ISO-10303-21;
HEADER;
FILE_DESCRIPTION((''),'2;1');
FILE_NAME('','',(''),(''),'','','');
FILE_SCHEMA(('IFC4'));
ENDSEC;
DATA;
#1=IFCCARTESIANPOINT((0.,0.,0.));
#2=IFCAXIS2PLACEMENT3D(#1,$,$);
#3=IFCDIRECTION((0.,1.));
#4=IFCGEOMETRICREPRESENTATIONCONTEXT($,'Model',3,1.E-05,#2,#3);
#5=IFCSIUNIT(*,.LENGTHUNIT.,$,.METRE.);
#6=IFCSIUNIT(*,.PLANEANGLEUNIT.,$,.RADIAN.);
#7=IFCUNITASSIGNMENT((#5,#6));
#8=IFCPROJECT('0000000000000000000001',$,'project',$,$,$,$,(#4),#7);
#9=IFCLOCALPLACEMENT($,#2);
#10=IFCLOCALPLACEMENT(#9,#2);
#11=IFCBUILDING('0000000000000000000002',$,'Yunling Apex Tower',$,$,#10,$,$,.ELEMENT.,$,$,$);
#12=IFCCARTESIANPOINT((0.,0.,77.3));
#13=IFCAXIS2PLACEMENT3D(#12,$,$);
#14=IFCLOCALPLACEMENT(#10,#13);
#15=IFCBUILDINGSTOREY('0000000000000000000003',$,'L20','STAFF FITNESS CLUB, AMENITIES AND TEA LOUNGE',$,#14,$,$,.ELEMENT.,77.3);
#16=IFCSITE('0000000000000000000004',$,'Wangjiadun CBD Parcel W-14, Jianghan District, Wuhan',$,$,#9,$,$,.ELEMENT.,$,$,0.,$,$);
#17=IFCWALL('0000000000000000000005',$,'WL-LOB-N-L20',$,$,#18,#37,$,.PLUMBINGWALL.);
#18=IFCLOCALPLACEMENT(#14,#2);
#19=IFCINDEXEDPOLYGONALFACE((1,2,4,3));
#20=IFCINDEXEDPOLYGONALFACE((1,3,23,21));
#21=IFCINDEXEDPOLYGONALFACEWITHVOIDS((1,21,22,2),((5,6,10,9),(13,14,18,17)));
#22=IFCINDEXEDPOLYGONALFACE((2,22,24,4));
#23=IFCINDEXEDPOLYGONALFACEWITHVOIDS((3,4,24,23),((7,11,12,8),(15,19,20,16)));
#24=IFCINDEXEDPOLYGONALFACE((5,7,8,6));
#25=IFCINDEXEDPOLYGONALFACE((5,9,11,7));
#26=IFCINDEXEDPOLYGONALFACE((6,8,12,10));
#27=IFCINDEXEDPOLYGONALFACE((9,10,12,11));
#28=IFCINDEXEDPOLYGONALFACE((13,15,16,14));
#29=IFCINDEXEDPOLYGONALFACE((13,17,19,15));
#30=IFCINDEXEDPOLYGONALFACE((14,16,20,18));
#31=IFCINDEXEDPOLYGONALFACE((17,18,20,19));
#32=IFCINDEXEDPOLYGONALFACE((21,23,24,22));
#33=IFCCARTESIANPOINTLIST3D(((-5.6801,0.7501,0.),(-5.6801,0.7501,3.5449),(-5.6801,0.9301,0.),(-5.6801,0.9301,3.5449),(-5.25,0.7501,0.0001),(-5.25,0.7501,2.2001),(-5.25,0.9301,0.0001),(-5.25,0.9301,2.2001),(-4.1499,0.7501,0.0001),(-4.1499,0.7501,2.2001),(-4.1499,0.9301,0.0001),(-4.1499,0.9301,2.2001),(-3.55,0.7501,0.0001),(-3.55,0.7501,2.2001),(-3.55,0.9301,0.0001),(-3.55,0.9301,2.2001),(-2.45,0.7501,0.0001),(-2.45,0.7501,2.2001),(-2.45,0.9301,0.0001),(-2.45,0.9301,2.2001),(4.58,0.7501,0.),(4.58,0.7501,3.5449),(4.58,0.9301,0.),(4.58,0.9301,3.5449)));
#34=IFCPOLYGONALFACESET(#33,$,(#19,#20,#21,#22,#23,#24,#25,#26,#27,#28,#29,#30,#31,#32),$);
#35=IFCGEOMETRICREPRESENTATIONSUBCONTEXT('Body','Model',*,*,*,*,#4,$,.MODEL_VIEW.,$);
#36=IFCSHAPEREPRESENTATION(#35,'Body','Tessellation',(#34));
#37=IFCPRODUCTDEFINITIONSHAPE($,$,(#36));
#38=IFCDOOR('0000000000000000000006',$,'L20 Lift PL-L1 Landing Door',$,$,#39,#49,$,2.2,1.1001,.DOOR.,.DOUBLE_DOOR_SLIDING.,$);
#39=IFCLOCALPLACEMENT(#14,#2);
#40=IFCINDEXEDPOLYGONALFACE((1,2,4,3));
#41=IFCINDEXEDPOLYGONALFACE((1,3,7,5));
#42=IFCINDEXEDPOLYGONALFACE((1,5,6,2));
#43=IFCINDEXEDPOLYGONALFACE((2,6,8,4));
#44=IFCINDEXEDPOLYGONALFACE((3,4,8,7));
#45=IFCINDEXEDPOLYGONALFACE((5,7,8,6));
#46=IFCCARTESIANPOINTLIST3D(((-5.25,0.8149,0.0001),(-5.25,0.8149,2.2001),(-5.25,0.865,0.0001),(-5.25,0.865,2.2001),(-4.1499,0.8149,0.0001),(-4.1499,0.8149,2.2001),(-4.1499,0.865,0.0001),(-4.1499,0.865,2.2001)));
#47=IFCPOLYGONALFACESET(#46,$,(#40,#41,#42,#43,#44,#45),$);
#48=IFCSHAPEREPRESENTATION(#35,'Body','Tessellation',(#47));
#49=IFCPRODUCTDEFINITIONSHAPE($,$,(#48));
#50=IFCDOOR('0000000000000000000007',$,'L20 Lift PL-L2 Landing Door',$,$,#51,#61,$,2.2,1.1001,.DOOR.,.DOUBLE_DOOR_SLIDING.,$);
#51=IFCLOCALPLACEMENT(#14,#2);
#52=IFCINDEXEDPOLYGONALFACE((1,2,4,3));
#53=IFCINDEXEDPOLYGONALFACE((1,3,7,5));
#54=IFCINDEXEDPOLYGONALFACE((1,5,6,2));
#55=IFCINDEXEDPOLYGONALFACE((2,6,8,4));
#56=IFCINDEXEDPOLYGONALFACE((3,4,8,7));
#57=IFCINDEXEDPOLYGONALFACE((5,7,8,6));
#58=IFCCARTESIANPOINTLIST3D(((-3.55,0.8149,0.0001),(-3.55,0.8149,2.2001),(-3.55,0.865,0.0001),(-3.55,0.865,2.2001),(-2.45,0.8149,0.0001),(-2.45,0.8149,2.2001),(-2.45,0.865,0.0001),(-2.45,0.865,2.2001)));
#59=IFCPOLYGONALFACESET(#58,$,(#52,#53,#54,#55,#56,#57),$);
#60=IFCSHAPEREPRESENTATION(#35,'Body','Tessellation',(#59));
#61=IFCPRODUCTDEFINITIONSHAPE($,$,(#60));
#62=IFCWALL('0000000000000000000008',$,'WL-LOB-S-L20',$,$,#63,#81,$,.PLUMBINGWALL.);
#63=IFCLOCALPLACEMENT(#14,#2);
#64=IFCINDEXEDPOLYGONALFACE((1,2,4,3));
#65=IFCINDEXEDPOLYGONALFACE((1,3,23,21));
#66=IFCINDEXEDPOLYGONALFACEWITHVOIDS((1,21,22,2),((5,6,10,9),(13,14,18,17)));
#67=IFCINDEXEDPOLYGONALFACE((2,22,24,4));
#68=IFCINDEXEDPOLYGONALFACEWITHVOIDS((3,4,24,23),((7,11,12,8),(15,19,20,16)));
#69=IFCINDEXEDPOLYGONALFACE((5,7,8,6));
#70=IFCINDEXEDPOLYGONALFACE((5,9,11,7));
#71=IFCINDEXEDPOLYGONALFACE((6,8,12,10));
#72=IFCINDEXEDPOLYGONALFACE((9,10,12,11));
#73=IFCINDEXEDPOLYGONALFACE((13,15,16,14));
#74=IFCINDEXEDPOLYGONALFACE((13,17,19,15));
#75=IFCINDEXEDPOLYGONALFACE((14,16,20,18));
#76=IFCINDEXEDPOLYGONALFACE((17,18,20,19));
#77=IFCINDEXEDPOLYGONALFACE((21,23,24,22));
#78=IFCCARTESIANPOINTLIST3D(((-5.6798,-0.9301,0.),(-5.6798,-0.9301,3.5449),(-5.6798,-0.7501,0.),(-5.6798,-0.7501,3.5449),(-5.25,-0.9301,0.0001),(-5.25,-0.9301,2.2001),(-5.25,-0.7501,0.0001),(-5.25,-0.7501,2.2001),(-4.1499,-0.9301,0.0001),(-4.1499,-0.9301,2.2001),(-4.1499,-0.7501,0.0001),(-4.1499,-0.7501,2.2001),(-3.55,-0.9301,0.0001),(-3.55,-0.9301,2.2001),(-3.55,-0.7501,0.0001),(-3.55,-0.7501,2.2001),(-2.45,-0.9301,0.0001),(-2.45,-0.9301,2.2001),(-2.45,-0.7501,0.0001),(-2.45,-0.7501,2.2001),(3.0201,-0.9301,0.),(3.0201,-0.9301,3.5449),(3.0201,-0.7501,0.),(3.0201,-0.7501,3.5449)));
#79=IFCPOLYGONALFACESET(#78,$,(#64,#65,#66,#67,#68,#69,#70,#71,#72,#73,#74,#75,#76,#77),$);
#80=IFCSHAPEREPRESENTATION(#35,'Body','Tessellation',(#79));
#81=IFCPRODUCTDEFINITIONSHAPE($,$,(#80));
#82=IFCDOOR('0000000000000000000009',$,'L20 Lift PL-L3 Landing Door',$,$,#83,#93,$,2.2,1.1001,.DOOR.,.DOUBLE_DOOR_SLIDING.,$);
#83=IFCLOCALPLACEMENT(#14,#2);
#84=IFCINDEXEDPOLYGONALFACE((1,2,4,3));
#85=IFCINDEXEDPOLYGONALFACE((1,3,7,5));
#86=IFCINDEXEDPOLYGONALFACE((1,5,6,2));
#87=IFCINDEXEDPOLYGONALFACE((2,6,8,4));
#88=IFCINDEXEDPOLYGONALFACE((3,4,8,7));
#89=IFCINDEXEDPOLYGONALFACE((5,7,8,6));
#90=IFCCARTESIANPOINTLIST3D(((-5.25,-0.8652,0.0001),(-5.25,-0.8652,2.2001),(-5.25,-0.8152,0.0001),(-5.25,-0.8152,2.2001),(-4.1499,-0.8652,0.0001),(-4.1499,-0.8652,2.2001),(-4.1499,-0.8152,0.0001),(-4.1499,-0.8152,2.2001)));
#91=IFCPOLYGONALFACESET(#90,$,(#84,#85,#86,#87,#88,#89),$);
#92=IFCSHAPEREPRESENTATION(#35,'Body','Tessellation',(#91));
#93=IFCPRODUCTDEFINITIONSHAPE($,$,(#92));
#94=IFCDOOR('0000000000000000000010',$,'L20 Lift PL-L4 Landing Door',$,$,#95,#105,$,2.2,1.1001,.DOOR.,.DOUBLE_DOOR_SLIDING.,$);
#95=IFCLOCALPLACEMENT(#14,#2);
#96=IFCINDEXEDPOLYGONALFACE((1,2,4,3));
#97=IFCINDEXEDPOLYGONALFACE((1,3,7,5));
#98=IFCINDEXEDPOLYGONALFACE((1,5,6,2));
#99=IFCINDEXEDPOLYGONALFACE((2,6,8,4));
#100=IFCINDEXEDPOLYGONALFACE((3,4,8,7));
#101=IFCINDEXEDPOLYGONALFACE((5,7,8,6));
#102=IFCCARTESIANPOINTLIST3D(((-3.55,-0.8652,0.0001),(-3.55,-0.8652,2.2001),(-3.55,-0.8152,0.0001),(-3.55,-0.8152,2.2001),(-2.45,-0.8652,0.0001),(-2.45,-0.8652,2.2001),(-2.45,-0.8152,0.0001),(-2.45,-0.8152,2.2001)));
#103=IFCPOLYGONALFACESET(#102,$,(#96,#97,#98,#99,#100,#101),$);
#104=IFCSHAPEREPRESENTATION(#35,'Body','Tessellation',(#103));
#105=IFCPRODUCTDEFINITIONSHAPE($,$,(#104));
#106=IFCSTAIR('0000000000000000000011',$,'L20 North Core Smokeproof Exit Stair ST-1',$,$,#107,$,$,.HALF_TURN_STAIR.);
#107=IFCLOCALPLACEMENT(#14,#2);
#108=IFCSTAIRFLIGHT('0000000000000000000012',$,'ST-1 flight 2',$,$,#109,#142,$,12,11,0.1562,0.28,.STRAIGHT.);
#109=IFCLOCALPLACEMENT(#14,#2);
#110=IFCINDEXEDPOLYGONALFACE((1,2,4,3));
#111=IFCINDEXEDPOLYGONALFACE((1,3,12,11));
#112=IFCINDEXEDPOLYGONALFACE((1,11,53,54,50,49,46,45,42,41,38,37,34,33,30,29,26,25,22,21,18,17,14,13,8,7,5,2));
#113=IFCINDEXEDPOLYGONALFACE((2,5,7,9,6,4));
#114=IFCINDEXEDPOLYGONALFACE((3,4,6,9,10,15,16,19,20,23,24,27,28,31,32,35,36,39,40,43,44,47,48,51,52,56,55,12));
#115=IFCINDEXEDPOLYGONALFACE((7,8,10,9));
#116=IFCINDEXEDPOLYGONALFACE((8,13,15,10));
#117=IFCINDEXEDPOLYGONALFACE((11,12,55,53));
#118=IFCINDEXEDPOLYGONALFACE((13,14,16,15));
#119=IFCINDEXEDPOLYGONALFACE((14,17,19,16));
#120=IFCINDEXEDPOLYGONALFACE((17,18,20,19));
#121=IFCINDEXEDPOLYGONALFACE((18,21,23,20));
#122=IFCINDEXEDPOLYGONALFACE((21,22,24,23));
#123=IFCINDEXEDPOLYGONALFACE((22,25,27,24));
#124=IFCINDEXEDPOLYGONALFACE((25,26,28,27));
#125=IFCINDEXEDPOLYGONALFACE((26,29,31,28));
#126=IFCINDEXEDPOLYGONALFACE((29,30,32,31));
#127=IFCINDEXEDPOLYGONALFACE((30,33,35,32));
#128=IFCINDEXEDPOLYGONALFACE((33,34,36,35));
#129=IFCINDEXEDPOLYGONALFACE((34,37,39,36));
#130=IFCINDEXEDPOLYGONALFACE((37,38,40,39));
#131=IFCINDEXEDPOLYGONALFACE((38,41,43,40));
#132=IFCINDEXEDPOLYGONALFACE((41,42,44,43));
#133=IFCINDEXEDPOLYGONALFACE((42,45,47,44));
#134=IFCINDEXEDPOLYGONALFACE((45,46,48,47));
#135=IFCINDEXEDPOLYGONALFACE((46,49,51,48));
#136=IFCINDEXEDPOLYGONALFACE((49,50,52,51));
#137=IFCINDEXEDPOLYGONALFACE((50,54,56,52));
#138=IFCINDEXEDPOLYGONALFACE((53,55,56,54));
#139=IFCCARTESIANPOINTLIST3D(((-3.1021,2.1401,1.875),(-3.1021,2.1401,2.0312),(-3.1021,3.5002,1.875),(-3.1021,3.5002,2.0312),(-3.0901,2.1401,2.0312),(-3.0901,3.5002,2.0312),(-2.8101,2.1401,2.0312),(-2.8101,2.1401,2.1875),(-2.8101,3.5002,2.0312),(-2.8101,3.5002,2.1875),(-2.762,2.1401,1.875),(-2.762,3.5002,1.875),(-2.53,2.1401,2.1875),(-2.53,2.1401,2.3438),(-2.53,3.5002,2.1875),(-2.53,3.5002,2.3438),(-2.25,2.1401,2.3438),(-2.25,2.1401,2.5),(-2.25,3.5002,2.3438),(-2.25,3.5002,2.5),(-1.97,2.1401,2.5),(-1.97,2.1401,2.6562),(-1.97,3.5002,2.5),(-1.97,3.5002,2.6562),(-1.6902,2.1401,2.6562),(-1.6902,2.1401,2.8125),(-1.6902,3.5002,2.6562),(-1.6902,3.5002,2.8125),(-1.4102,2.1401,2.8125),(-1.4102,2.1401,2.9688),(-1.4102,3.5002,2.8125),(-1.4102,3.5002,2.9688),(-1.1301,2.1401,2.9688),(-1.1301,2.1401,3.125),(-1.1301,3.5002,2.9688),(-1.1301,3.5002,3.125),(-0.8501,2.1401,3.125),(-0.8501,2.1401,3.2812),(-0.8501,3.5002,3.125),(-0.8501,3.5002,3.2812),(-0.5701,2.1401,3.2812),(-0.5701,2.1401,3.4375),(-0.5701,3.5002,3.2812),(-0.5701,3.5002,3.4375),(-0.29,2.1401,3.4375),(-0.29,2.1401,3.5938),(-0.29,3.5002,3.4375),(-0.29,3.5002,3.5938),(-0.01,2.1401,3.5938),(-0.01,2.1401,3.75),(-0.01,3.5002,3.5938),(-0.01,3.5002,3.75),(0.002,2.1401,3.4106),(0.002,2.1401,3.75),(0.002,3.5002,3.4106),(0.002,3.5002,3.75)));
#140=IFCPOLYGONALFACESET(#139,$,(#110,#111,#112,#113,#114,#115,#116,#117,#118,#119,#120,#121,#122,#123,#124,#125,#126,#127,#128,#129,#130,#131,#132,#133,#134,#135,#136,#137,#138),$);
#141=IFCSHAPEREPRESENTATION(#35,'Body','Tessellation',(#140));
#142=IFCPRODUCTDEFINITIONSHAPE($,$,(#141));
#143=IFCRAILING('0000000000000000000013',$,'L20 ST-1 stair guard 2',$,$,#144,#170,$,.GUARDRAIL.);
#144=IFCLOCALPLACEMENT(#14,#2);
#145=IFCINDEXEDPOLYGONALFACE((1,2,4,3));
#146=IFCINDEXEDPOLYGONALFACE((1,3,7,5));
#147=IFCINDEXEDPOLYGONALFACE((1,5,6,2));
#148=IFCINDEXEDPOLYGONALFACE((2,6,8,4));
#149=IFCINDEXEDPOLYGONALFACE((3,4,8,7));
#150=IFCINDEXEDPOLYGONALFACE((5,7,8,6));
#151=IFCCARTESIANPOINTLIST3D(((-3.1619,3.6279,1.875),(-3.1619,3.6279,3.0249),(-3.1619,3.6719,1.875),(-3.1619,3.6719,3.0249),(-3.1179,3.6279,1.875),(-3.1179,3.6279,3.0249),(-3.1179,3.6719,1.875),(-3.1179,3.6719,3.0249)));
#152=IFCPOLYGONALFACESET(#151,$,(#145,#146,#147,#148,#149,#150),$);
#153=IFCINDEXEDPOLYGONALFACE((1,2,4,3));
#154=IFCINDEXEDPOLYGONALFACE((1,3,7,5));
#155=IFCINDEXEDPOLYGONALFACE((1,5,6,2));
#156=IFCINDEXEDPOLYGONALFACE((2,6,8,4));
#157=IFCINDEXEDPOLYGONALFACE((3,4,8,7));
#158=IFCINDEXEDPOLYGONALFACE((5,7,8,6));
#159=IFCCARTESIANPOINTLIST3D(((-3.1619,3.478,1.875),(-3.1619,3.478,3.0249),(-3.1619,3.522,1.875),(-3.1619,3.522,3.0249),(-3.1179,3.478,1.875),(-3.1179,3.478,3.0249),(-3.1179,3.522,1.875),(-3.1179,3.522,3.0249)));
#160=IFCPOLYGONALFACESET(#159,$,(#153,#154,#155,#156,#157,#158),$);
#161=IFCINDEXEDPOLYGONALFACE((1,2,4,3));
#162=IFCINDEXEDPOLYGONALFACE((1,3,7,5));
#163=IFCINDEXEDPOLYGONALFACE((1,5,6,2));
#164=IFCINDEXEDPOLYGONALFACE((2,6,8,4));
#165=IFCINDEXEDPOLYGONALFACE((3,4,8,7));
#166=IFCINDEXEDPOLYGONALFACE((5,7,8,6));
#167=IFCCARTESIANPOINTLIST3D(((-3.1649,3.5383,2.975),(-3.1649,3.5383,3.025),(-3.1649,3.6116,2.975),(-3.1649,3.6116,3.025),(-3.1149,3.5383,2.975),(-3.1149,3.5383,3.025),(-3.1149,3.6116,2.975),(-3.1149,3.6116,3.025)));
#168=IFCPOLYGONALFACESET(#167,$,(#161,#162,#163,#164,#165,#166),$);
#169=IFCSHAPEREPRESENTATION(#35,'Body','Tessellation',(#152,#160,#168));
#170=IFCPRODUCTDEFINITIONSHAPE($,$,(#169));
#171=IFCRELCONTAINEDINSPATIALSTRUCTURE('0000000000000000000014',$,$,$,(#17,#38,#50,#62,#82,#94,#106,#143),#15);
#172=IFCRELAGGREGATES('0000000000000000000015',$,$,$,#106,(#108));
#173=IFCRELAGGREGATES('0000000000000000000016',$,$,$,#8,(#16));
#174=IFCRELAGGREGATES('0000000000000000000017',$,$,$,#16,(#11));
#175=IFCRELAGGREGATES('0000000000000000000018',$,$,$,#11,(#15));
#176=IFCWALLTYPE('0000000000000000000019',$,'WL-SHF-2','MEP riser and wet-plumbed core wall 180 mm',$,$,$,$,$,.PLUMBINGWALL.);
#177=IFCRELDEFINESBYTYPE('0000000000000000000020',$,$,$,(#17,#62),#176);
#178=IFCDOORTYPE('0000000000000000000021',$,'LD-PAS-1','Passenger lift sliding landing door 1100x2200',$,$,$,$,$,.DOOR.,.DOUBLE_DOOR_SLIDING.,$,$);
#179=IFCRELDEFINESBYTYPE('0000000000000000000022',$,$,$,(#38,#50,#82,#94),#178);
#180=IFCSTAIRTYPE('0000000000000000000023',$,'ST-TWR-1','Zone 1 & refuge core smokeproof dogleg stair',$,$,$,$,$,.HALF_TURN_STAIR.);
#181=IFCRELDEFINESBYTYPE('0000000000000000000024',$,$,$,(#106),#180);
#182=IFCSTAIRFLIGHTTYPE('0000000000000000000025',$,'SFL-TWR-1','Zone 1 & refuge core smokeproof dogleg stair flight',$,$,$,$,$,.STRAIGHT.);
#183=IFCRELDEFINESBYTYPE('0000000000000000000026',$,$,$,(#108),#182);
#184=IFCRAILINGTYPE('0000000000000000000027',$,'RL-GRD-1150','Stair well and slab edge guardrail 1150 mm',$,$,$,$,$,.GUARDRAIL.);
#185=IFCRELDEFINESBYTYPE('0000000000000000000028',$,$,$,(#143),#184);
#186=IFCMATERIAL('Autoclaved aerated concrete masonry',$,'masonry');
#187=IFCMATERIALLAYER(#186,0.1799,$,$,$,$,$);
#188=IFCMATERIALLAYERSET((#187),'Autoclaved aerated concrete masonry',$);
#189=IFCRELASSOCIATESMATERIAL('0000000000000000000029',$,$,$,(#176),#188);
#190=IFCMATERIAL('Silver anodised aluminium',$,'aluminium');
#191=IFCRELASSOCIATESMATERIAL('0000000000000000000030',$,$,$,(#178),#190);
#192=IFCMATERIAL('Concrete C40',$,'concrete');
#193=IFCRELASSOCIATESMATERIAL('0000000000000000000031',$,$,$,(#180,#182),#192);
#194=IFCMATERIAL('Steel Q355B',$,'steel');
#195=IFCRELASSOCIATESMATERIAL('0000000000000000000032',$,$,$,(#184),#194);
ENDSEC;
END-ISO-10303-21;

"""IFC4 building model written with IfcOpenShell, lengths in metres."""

from ifc_helpers import new_model, si_unit, direction, frame, frame_2d, origin, origin_2d, place, context, subcontext, project, spatial, polyline, rectangle, outline, extrude, material, layer, layer_set, type_object, element, fill, aggregate, save


model = new_model("IFC4")

# Units and contexts
model_context = context("Model", 3, precision=1e-05, world=origin(), true_north=direction((0.0, 1.0)))
body_context = subcontext(model_context, "Body", "Model", "MODEL_VIEW")
ifc_project = project(units=[si_unit("LENGTHUNIT", "METRE"), si_unit("PLANEANGLEUNIT", "RADIAN")], contexts=[model_context])

# Site, building, storey
site_placement = place(None, origin())
site = spatial("IfcSite", under=ifc_project, at=site_placement, Name="Wangjiadun CBD Parcel W-14, Jianghan District, Wuhan", CompositionType="ELEMENT", RefElevation=0.0)
building_placement = place(site_placement, origin())
building = spatial("IfcBuilding", under=site, at=building_placement, Name="Yunling Apex Tower", CompositionType="ELEMENT")
storey_placement = place(building_placement, frame((0.0, 0.0, 77.3)))
storey = spatial("IfcBuildingStorey", under=building, at=storey_placement, Name="L20", Description="STAFF FITNESS CLUB, AMENITIES AND TEA LOUNGE", CompositionType="ELEMENT", Elevation=77.3)

# Shared definitions
ifc_material_1 = material(Name="Steel Q355B", Category="steel")

# Shared definitions
ifc_material_2 = material(Name="Concrete C40", Category="concrete")

# Shared definitions
ifc_material_3 = material(Name="Autoclaved aerated concrete masonry", Category="masonry")

# Shared definitions
ifc_layer_1 = layer(ifc_material_3, 0.1799)
ifc_layer_set_1 = layer_set([ifc_layer_1], Name="Autoclaved aerated concrete masonry")
wall_type_1 = type_object("IfcWallType", Name="WL-SHF-2", Description="MEP riser and wet-plumbed core wall 180 mm", PredefinedType="PLUMBINGWALL", material=ifc_layer_set_1)

# Walls, openings, doors
wall_1_placement = place(storey_placement, frame((-5.6799, 0.8401, 0.0), z_axis=(0.0, 0.0, 1.0), x_axis=(1.0, 0.0, 0.0)))
wall_1 = element("IfcWall", 1, at=wall_1_placement, inside=storey, type_object=wall_type_1, Name="WL-LOB-N-L20", PredefinedType="PLUMBINGWALL", context=body_context, shape_type="SweptSolid", body=[
    extrude(rectangle(XDim=10.26, YDim=0.1799, at=frame_2d((5.1299, 0.0))), origin(), (0.0, 0.0, 1.0), 3.5449),
])
opening_1_placement = place(wall_1_placement, frame((0.4299, 0.0, 0.0)))
opening_1 = element("IfcOpeningElement", 2, at=opening_1_placement, cuts=wall_1, PredefinedType="OPENING", context=body_context, shape_type="SweptSolid", body=[
    extrude(rectangle(XDim=1.1001, YDim=2.2, at=frame_2d((0.55, 1.1001))), frame((0.0, 0.1001, 0.0), z_axis=(0.0, -1.0, 0.0), x_axis=(1.0, 0.0, 0.0)), (0.0, 0.0, 1.0), 0.2),
])
opening_2_placement = place(wall_1_placement, frame((2.1299, 0.0, 0.0)))
opening_2 = element("IfcOpeningElement", 3, at=opening_2_placement, cuts=wall_1, PredefinedType="OPENING", context=body_context, shape_type="SweptSolid", body=[
    extrude(rectangle(XDim=1.1001, YDim=2.2, at=frame_2d((0.55, 1.1001))), frame((0.0, 0.1001, 0.0), z_axis=(0.0, -1.0, 0.0), x_axis=(1.0, 0.0, 0.0)), (0.0, 0.0, 1.0), 0.2),
])
ifc_material_4 = material(Name="Silver anodised aluminium", Category="aluminium")
door_type_1 = type_object("IfcDoorType", Name="LD-PAS-1", Description="Passenger lift sliding landing door 1100x2200", OperationType="DOUBLE_DOOR_SLIDING", PredefinedType="DOOR", material=ifc_material_4)
door_1_placement = place(opening_1_placement, origin())
door_1 = element("IfcDoor", 4, at=door_1_placement, inside=storey, type_object=door_type_1, Name="L20 Lift PL-L1 Landing Door", OperationType="DOUBLE_DOOR_SLIDING", OverallHeight=2.2, OverallWidth=1.1001, PredefinedType="DOOR", context=body_context, shape_type="SweptSolid", body=[
    extrude(rectangle(XDim=1.1001, YDim=2.2, at=frame_2d((0.55, 1.1001))), frame((0.0, 0.0249, 0.0), z_axis=(0.0, -1.0, 0.0), x_axis=(1.0, 0.0, 0.0)), (0.0, 0.0, 1.0), 0.05),
])
fill(opening_1, door_1)
door_2_placement = place(opening_2_placement, origin())
door_2 = element("IfcDoor", 5, at=door_2_placement, inside=storey, type_object=door_type_1, Name="L20 Lift PL-L2 Landing Door", OperationType="DOUBLE_DOOR_SLIDING", OverallHeight=2.2, OverallWidth=1.1001, PredefinedType="DOOR", context=body_context, shape_type="SweptSolid", body=[
    extrude(rectangle(XDim=1.1001, YDim=2.2, at=frame_2d((0.55, 1.1001))), frame((0.0, 0.0249, 0.0), z_axis=(0.0, -1.0, 0.0), x_axis=(1.0, 0.0, 0.0)), (0.0, 0.0, 1.0), 0.05),
])
fill(opening_2, door_2)
wall_2_placement = place(storey_placement, frame((-5.6799, -0.8401, 0.0), z_axis=(0.0, 0.0, 1.0), x_axis=(1.0, 0.0, 0.0)))
wall_2 = element("IfcWall", 6, at=wall_2_placement, inside=storey, type_object=wall_type_1, Name="WL-LOB-S-L20", PredefinedType="PLUMBINGWALL", context=body_context, shape_type="SweptSolid", body=[
    extrude(rectangle(XDim=8.7, YDim=0.1799, at=frame_2d((4.3501, 0.0))), origin(), (0.0, 0.0, 1.0), 3.5449),
])
opening_3_placement = place(wall_2_placement, frame((0.4299, 0.0, 0.0)))
opening_3 = element("IfcOpeningElement", 7, at=opening_3_placement, cuts=wall_2, PredefinedType="OPENING", context=body_context, shape_type="SweptSolid", body=[
    extrude(rectangle(XDim=1.1001, YDim=2.2, at=frame_2d((0.55, 1.1001))), frame((0.0, 0.1001, 0.0), z_axis=(0.0, -1.0, 0.0), x_axis=(1.0, 0.0, 0.0)), (0.0, 0.0, 1.0), 0.2),
])
opening_4_placement = place(wall_2_placement, frame((2.1299, 0.0, 0.0)))
opening_4 = element("IfcOpeningElement", 8, at=opening_4_placement, cuts=wall_2, PredefinedType="OPENING", context=body_context, shape_type="SweptSolid", body=[
    extrude(rectangle(XDim=1.1001, YDim=2.2, at=frame_2d((0.55, 1.1001))), frame((0.0, 0.1001, 0.0), z_axis=(0.0, -1.0, 0.0), x_axis=(1.0, 0.0, 0.0)), (0.0, 0.0, 1.0), 0.2),
])
door_3_placement = place(opening_3_placement, origin())
door_3 = element("IfcDoor", 9, at=door_3_placement, inside=storey, type_object=door_type_1, Name="L20 Lift PL-L3 Landing Door", OperationType="DOUBLE_DOOR_SLIDING", OverallHeight=2.2, OverallWidth=1.1001, PredefinedType="DOOR", context=body_context, shape_type="SweptSolid", body=[
    extrude(rectangle(XDim=1.1001, YDim=2.2, at=frame_2d((0.55, 1.1001))), frame((0.0, 0.0249, 0.0), z_axis=(0.0, -1.0, 0.0), x_axis=(1.0, 0.0, 0.0)), (0.0, 0.0, 1.0), 0.05),
])
fill(opening_3, door_3)
door_4_placement = place(opening_4_placement, origin())
door_4 = element("IfcDoor", 10, at=door_4_placement, inside=storey, type_object=door_type_1, Name="L20 Lift PL-L4 Landing Door", OperationType="DOUBLE_DOOR_SLIDING", OverallHeight=2.2, OverallWidth=1.1001, PredefinedType="DOOR", context=body_context, shape_type="SweptSolid", body=[
    extrude(rectangle(XDim=1.1001, YDim=2.2, at=frame_2d((0.55, 1.1001))), frame((0.0, 0.0249, 0.0), z_axis=(0.0, -1.0, 0.0), x_axis=(1.0, 0.0, 0.0)), (0.0, 0.0, 1.0), 0.05),
])
fill(opening_4, door_4)

# Stair, stair flight
stair_type = type_object("IfcStairType", Name="ST-TWR-1", Description="Zone 1 & refuge core smokeproof dogleg stair", PredefinedType="HALF_TURN_STAIR", material=ifc_material_2)
stair_placement = place(storey_placement, origin())
stair = element("IfcStair", 11, at=stair_placement, inside=storey, type_object=stair_type, Name="L20 North Core Smokeproof Exit Stair ST-1", PredefinedType="HALF_TURN_STAIR")
stair_flight_type = type_object("IfcStairFlightType", Name="SFL-TWR-1", Description="Zone 1 & refuge core smokeproof dogleg stair flight", PredefinedType="STRAIGHT", material=ifc_material_2)
stair_flight_placement = place(storey_placement, frame((-3.0901, 2.8201, 1.875), z_axis=(0.0, 0.0, 1.0), x_axis=(1.0, 0.0, 0.0)))
stair_flight = element("IfcStairFlight", 12, at=stair_flight_placement, type_object=stair_flight_type, Name="ST-1 flight 2", NumberOfRisers=12, NumberOfTreads=11, PredefinedType="STRAIGHT", RiserHeight=0.1562, TreadLength=0.28, context=body_context, shape_type="SweptSolid", body=[
    extrude(outline(polyline([(-0.012, 0.0), (-0.012, 0.1562), (0.0, 0.1562), (0.28, 0.1562), (0.28, 0.3125), (0.5601, 0.3125), (0.5601, 0.4688), (0.8401, 0.4688), (0.8401, 0.625), (1.1201, 0.625), (1.1201, 0.7812), (1.3999, 0.7812), (1.3999, 0.9375), (1.6799, 0.9375), (1.6799, 1.0938), (1.96, 1.0938), (1.96, 1.25), (2.24, 1.25), (2.24, 1.4062), (2.52, 1.4062), (2.52, 1.5625), (2.8, 1.5625), (2.8, 1.7188), (3.0801, 1.7188), (3.0801, 1.875), (3.092, 1.875), (3.092, 1.5356), (0.3281, 0.0), (-0.012, 0.0)])), frame((0.0, 0.6802, 0.0), z_axis=(0.0, -1.0, 0.0), x_axis=(1.0, 0.0, 0.0)), (0.0, 0.0, 1.0), 1.3601),
])
aggregate(stair, [stair_flight])

# Railing
railing_type_1 = type_object("IfcRailingType", Name="RL-GRD-1150", Description="Stair well and slab edge guardrail 1150 mm", PredefinedType="GUARDRAIL", material=ifc_material_1)
railing_1_placement = place(storey_placement, frame((-3.1399, 3.6499, 1.875)))
element("IfcRailing", 13, at=railing_1_placement, inside=storey, type_object=railing_type_1, Name="L20 ST-1 stair guard 2", PredefinedType="GUARDRAIL", context=body_context, shape_type="SweptSolid", body=[
    extrude(rectangle(XDim=0.0439, YDim=0.0439, at=origin_2d()), origin(), (0.0, 0.0, 1.0), 1.1499),
    extrude(rectangle(XDim=0.0439, YDim=0.0439, at=origin_2d()), frame((0.0, -0.1499, 0.0)), (0.0, 0.0, 1.0), 1.1499),
    extrude(rectangle(XDim=0.05, YDim=0.05, at=origin_2d()), frame((0.0, -0.0383, 1.125), z_axis=(0.0, -1.0, 0.0), x_axis=(1.0, 0.0, 0.0)), (0.0, 0.0, 1.0), 0.0732),
])

save(model, "model.ifc")
